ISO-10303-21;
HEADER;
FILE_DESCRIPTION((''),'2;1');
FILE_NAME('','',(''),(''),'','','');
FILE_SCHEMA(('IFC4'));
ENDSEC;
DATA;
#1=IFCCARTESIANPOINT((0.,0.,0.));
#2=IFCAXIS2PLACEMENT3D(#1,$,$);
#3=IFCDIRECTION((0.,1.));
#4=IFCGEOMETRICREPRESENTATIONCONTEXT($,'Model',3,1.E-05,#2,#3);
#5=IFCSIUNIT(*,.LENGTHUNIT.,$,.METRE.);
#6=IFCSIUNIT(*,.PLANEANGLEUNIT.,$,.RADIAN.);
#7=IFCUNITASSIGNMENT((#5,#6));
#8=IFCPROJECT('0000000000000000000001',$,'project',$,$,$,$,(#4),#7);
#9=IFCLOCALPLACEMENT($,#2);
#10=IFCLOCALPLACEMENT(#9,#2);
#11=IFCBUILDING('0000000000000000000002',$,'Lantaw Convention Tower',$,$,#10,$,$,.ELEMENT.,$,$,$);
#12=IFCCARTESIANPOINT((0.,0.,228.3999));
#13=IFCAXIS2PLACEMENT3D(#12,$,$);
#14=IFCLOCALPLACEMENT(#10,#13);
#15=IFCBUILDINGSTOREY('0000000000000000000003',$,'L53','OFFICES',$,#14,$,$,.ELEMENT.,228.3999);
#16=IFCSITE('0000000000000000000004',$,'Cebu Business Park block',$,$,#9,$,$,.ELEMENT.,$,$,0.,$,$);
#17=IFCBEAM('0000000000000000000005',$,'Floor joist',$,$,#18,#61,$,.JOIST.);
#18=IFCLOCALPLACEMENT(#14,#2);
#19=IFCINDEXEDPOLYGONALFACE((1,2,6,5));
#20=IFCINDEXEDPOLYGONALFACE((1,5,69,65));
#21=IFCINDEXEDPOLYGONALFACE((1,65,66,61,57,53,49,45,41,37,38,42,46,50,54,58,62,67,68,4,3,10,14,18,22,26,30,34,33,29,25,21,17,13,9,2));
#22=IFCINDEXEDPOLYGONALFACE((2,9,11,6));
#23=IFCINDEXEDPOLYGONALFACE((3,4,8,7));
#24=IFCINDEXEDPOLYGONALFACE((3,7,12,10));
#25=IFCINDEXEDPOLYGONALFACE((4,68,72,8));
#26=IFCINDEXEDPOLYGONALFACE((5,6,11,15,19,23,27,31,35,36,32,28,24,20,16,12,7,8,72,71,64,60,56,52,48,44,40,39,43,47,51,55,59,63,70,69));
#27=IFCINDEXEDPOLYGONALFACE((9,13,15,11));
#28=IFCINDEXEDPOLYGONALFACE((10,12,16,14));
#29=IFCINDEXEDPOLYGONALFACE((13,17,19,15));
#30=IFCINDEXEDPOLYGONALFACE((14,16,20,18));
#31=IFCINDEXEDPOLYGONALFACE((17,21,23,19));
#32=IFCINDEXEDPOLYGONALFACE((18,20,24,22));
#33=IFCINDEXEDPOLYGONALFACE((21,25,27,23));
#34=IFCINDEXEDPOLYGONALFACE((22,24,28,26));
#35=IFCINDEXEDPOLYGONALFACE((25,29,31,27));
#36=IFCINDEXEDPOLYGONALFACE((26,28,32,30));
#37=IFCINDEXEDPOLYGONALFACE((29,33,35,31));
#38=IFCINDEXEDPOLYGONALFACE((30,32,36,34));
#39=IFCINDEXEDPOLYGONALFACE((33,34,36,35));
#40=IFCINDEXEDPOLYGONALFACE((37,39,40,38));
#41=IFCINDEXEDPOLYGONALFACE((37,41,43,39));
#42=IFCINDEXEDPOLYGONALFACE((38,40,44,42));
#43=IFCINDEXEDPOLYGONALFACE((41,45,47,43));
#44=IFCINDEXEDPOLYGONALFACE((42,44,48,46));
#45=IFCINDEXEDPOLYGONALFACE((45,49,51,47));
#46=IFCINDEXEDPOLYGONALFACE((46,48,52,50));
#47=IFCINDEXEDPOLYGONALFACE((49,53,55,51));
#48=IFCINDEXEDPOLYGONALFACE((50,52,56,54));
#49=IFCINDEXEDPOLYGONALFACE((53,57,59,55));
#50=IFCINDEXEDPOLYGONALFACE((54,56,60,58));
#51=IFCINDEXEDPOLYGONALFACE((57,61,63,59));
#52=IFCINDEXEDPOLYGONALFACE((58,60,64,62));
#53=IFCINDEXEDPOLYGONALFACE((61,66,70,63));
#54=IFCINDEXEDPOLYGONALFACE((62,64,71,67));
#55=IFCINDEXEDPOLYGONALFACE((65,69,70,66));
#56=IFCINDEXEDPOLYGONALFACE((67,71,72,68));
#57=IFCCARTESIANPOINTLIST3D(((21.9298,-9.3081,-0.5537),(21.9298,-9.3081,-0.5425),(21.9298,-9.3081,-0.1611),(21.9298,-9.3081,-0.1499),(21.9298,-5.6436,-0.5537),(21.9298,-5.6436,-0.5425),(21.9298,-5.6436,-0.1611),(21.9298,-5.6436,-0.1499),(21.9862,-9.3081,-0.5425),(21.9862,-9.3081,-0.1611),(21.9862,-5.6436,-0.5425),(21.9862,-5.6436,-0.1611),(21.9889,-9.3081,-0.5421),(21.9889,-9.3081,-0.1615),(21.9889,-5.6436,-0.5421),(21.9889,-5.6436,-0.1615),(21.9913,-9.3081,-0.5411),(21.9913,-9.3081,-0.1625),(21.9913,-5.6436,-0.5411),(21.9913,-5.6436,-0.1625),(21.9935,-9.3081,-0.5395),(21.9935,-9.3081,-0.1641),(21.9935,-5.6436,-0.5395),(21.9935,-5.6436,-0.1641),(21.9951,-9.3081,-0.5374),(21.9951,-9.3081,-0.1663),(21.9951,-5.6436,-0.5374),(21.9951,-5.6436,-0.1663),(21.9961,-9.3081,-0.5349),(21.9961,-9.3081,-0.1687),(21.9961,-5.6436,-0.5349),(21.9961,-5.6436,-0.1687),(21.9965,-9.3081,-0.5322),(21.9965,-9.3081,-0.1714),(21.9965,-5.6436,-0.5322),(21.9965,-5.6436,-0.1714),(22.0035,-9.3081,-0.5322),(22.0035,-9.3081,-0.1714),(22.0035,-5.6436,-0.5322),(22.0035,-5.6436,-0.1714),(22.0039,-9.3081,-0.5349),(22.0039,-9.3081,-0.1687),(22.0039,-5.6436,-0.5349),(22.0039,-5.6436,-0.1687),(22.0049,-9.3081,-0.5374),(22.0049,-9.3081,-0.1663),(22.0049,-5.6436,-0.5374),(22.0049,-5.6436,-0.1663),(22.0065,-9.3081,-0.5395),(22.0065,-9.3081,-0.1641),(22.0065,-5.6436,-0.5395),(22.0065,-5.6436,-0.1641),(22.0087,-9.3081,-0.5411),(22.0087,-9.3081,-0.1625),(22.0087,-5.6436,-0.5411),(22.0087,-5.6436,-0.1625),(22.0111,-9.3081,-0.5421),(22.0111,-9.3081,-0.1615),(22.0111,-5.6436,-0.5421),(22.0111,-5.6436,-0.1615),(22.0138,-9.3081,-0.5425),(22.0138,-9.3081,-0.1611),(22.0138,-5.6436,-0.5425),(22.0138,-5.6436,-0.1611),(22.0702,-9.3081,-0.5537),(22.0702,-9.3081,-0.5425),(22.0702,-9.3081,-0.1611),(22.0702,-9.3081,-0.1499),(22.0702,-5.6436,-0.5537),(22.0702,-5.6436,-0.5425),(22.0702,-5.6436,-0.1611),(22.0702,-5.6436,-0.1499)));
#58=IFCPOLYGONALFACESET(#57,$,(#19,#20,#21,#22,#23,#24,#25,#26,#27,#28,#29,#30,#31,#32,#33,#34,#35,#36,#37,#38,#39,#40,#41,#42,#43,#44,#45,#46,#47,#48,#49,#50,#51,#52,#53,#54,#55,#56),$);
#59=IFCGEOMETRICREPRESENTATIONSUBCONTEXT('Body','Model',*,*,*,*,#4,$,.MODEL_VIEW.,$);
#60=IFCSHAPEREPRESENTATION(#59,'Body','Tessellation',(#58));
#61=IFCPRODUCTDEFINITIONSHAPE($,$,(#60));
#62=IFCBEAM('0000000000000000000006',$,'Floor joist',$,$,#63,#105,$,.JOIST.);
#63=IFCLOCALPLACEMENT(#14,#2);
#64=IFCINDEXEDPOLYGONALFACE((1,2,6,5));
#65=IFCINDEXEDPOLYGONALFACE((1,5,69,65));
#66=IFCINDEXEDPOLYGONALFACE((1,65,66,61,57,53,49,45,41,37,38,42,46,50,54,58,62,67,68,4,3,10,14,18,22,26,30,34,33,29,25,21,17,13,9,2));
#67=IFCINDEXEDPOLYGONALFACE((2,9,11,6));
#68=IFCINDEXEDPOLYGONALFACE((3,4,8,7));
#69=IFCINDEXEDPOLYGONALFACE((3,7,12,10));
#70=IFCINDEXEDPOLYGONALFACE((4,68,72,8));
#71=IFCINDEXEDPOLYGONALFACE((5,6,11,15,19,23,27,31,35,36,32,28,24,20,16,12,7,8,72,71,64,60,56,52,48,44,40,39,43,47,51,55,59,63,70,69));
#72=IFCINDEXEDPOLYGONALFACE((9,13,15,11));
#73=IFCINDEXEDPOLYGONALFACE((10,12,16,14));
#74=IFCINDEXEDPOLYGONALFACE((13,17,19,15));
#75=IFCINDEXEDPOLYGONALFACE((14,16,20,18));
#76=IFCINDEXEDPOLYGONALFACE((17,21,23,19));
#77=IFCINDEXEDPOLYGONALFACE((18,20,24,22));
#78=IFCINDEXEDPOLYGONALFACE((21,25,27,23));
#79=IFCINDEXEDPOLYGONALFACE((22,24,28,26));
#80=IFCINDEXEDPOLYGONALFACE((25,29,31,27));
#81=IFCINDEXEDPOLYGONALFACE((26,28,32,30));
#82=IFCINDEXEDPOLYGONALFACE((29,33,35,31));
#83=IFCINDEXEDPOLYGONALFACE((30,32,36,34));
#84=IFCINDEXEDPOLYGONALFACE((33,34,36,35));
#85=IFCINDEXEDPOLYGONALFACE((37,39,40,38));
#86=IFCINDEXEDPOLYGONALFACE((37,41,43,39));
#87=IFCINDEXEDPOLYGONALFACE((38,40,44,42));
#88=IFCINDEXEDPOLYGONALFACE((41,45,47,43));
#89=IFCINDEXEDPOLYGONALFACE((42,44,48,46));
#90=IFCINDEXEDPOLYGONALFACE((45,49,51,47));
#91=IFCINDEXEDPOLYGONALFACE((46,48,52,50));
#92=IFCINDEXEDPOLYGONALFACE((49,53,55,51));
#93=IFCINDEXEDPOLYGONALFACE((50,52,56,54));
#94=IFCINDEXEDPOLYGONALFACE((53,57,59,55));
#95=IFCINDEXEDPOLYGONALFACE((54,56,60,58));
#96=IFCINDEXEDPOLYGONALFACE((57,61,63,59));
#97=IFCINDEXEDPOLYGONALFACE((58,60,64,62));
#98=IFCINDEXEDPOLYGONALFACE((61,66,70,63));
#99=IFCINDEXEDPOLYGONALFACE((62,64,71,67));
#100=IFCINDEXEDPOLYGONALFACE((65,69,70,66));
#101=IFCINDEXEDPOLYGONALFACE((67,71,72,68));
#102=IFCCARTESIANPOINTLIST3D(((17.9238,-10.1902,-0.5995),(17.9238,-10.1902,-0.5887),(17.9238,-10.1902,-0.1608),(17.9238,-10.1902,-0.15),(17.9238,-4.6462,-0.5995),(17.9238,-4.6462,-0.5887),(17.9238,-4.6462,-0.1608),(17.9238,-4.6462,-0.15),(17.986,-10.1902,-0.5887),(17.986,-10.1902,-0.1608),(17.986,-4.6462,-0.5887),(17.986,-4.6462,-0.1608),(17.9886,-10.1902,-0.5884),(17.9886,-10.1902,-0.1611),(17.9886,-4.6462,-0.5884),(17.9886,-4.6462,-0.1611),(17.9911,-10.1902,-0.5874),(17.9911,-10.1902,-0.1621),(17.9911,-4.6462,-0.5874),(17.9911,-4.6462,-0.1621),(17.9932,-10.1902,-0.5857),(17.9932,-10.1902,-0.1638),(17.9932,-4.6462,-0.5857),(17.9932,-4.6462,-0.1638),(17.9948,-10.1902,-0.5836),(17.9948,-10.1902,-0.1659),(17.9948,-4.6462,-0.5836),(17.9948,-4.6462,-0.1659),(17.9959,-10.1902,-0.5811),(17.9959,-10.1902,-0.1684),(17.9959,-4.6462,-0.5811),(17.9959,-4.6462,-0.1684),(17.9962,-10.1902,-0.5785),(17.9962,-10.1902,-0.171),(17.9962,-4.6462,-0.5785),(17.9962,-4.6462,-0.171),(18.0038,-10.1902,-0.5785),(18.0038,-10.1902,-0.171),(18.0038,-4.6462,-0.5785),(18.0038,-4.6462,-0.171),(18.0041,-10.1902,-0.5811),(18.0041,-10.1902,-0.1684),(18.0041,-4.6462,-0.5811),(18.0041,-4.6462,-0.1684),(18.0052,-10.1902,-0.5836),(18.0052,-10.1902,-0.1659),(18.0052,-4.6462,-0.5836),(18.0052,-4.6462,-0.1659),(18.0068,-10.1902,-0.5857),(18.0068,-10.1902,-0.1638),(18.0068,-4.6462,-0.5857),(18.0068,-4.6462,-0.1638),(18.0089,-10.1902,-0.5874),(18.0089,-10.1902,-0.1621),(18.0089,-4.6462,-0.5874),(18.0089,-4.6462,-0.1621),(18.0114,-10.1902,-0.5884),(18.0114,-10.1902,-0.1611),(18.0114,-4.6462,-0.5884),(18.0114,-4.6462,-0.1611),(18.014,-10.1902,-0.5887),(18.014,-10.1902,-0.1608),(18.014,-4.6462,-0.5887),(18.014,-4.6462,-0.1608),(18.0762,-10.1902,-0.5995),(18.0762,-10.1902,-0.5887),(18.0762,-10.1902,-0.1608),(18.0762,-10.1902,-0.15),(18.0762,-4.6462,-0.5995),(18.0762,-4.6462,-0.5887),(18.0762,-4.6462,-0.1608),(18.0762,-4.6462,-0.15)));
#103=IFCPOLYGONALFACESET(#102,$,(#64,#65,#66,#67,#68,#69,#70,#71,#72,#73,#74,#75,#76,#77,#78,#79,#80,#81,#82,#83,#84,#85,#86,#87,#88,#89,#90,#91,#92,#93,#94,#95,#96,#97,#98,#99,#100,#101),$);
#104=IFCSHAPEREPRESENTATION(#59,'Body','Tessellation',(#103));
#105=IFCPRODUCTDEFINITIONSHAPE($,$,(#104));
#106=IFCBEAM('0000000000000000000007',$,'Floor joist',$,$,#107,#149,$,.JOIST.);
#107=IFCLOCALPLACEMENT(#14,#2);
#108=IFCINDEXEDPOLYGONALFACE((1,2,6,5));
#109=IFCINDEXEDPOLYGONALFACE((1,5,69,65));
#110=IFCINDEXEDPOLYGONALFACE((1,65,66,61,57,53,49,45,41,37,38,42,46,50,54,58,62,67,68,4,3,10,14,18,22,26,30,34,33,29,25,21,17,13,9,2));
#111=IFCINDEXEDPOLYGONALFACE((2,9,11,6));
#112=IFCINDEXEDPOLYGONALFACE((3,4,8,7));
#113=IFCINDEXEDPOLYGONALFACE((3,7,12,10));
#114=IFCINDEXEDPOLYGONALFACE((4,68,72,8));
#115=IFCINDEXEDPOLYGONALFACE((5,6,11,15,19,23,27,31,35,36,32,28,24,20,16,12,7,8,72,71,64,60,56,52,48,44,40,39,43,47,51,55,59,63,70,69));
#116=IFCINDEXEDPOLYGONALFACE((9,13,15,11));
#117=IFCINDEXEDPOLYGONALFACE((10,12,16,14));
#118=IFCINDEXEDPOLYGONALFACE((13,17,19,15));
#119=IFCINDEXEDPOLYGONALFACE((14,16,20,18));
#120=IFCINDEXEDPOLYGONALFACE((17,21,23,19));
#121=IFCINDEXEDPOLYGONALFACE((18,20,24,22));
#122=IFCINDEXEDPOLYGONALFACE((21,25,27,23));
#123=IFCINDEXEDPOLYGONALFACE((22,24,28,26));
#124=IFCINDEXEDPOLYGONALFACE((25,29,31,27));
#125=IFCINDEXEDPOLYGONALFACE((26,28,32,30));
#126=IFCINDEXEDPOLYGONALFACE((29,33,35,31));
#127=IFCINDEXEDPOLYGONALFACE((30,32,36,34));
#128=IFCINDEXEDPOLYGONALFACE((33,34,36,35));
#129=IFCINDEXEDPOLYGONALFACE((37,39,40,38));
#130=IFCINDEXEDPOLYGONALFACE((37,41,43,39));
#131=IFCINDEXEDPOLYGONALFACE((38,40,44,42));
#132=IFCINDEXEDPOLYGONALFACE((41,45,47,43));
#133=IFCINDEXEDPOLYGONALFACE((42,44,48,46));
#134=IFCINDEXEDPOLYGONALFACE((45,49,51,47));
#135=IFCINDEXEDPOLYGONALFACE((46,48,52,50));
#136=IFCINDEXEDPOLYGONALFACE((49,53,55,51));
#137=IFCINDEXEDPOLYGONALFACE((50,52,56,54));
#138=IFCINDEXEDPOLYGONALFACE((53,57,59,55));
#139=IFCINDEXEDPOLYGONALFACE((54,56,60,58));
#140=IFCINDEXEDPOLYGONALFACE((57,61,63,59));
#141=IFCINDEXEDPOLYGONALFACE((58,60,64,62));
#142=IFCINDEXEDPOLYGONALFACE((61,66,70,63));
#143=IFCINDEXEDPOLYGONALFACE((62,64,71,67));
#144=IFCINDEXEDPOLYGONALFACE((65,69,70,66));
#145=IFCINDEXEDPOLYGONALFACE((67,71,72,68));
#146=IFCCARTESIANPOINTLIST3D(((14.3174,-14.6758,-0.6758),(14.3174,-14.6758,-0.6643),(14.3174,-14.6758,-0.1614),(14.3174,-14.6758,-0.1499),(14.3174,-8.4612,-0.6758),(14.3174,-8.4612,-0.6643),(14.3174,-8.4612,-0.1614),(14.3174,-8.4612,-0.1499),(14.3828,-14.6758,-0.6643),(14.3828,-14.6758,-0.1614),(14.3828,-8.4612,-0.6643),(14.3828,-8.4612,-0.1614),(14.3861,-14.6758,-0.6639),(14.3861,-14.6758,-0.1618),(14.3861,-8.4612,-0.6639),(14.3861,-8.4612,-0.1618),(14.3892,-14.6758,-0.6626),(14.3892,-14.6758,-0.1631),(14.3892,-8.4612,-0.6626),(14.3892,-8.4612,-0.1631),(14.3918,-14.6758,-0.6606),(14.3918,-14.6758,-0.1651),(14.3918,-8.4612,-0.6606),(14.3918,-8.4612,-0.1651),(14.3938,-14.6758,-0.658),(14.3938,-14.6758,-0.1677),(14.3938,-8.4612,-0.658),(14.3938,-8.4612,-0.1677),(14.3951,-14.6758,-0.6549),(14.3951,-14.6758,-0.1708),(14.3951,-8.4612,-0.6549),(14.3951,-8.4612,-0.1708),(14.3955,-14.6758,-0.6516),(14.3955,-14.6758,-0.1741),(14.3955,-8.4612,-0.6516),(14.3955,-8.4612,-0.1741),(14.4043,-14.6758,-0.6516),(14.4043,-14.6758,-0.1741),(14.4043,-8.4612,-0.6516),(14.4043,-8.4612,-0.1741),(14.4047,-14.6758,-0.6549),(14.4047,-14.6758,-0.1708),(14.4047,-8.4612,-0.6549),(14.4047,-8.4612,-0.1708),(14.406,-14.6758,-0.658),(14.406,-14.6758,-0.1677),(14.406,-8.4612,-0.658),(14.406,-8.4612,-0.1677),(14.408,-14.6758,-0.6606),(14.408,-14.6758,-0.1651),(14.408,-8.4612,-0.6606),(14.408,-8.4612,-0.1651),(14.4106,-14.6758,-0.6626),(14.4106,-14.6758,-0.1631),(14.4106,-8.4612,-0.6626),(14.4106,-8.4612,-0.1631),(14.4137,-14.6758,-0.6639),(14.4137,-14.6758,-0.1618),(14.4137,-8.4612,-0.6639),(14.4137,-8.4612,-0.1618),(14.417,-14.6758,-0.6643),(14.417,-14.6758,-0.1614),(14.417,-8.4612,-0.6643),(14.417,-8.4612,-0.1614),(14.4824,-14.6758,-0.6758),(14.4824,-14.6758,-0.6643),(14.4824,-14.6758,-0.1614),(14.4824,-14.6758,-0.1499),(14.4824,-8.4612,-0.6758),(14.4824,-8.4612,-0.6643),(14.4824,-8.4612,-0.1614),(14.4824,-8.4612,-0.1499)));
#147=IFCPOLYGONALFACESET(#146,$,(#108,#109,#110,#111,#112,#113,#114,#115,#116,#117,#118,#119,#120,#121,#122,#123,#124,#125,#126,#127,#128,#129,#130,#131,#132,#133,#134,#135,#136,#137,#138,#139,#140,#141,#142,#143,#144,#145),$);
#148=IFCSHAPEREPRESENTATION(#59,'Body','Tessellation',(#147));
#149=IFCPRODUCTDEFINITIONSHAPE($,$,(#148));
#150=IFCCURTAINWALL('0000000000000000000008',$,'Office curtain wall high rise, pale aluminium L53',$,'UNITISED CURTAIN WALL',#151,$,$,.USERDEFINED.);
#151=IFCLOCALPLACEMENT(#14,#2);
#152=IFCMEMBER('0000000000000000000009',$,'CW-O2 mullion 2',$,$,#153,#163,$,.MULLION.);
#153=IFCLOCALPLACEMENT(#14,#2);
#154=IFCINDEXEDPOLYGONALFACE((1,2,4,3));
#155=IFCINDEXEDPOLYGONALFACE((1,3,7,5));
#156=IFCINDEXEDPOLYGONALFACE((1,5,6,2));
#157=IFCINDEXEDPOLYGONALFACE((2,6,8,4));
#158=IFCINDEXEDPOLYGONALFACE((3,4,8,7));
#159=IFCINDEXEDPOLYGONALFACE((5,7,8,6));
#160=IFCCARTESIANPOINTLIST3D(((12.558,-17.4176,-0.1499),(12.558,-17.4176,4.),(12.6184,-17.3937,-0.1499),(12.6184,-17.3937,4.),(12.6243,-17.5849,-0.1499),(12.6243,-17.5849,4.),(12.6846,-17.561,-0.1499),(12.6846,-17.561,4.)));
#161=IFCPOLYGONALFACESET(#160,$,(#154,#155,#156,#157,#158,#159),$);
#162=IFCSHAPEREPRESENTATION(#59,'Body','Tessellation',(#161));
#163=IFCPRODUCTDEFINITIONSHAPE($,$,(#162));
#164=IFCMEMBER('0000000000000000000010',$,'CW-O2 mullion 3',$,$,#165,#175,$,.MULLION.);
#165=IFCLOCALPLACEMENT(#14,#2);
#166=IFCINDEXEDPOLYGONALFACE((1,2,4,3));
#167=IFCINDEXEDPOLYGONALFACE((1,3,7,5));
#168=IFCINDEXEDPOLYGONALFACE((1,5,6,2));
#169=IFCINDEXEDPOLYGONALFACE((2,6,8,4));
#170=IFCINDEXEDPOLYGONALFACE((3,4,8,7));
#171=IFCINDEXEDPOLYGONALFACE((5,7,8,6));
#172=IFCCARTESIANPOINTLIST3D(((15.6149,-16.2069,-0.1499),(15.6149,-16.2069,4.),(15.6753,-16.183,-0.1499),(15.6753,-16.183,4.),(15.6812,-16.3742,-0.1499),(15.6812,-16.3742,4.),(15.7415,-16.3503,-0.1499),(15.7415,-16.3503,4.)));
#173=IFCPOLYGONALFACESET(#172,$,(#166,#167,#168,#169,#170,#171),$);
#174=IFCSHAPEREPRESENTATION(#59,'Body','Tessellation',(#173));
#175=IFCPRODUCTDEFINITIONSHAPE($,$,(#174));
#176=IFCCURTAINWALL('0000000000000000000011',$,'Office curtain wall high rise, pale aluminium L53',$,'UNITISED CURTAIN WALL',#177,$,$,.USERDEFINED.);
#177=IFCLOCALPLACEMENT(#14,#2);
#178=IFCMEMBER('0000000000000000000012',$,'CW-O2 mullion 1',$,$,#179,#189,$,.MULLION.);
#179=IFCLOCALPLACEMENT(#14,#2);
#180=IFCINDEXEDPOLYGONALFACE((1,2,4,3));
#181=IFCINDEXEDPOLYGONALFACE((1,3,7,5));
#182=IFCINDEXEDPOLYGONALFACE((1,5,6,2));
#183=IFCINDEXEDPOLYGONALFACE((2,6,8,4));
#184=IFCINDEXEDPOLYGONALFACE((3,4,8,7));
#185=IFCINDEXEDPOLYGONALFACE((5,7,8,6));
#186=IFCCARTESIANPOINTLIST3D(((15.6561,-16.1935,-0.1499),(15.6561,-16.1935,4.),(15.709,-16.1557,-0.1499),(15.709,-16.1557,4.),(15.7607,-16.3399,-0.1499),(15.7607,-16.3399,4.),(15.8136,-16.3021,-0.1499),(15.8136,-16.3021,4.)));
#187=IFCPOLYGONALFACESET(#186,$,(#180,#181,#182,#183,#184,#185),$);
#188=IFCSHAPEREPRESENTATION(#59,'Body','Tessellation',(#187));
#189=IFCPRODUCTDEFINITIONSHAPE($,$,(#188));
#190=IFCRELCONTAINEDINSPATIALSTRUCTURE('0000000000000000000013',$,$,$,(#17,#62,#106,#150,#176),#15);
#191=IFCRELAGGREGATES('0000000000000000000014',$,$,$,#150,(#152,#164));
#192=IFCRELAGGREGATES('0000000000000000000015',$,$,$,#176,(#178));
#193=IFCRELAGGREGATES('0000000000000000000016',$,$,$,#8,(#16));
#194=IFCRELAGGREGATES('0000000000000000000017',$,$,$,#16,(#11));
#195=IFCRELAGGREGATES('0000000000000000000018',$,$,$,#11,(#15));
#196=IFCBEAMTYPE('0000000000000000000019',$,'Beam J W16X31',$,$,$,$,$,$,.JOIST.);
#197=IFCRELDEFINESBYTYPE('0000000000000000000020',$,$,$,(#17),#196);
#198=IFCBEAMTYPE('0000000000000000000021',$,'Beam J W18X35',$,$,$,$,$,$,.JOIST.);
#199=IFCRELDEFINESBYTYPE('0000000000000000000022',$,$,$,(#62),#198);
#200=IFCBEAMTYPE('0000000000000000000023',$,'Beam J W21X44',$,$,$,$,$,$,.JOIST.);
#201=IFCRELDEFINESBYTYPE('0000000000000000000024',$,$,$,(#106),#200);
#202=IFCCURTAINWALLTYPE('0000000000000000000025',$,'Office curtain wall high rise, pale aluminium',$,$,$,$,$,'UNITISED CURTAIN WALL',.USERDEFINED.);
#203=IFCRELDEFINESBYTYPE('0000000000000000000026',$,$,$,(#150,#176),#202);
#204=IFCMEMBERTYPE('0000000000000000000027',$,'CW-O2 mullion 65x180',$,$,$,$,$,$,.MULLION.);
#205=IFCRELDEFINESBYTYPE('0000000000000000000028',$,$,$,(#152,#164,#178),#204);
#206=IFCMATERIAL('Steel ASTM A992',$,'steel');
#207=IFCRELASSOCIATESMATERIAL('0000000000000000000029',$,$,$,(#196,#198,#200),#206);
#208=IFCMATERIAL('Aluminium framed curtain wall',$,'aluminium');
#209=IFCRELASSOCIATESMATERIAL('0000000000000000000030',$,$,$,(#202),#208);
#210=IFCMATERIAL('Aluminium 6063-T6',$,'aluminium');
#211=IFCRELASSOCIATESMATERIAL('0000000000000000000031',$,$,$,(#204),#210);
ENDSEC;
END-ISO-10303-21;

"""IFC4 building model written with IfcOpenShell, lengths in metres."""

from ifc_helpers import new_model, si_unit, direction, frame, origin, origin_2d, place, context, subcontext, project, spatial, rectangle, i_section, extrude, material, material_profile, profile_set, type_object, element, aggregate, save


model = new_model("IFC4")

# Units and contexts
model_context = context("Model", 3, precision=1e-05, world=origin(), true_north=direction((0.0, 1.0)))
body_context = subcontext(model_context, "Body", "Model", "MODEL_VIEW")
ifc_project = project(units=[si_unit("LENGTHUNIT", "METRE"), si_unit("PLANEANGLEUNIT", "RADIAN")], contexts=[model_context])

# Site, building, storey
site_placement = place(None, origin())
site = spatial("IfcSite", under=ifc_project, at=site_placement, Name="Cebu Business Park block", CompositionType="ELEMENT", RefElevation=0.0)
building_placement = place(site_placement, origin())
building = spatial("IfcBuilding", under=site, at=building_placement, Name="Lantaw Convention Tower", CompositionType="ELEMENT")
storey_placement = place(building_placement, frame((0.0, 0.0, 228.3999)))
storey = spatial("IfcBuildingStorey", under=building, at=storey_placement, Name="L53", Description="OFFICES", CompositionType="ELEMENT", Elevation=228.3999)

# Beams
ifc_material_1 = material(Name="Steel ASTM A992", Category="steel")
ifc_material_profile_1 = material_profile(ifc_material_1, i_section(OverallWidth=0.1404, OverallDepth=0.4038, WebThickness=0.0071, FlangeThickness=0.0112, FilletRadius=0.0103, at=origin_2d()), Name="W16X31")
ifc_profile_set_1 = profile_set([ifc_material_profile_1], Name="Steel ASTM A992")
beam_type_1 = type_object("IfcBeamType", Name="Beam J W16X31", PredefinedType="JOIST", material=ifc_profile_set_1)
beam_1_placement = place(storey_placement, frame((22.0, -9.3081, -0.3518), z_axis=(0.0, 1.0, 0.0), x_axis=(-1.0, 0.0, 0.0)))
element("IfcBeam", 1, at=beam_1_placement, inside=storey, type_object=beam_type_1, Name="Floor joist", PredefinedType="JOIST", context=body_context, shape_type="SweptSolid", body=[
    extrude(i_section(OverallWidth=0.1404, OverallDepth=0.4038, WebThickness=0.0071, FlangeThickness=0.0112, FilletRadius=0.0103, at=origin_2d()), origin(), (0.0, 0.0, 1.0), 3.6646),
])
ifc_material_profile_2 = material_profile(ifc_material_1, i_section(OverallWidth=0.1523, OverallDepth=0.4495, WebThickness=0.0076, FlangeThickness=0.0107, FilletRadius=0.0103, at=origin_2d()), Name="W18X35")
ifc_profile_set_2 = profile_set([ifc_material_profile_2], Name="Steel ASTM A992")
beam_type_2 = type_object("IfcBeamType", Name="Beam J W18X35", PredefinedType="JOIST", material=ifc_profile_set_2)
beam_2_placement = place(storey_placement, frame((18.0, -10.1902, -0.3748), z_axis=(0.0, 1.0, 0.0), x_axis=(-1.0, 0.0, 0.0)))
element("IfcBeam", 2, at=beam_2_placement, inside=storey, type_object=beam_type_2, Name="Floor joist", PredefinedType="JOIST", context=body_context, shape_type="SweptSolid", body=[
    extrude(i_section(OverallWidth=0.1523, OverallDepth=0.4495, WebThickness=0.0076, FlangeThickness=0.0107, FilletRadius=0.0103, at=origin_2d()), origin(), (0.0, 0.0, 1.0), 5.5439),
])
ifc_material_profile_3 = material_profile(ifc_material_1, i_section(OverallWidth=0.165, OverallDepth=0.5259, WebThickness=0.0088, FlangeThickness=0.0115, FilletRadius=0.0127, at=origin_2d()), Name="W21X44")
ifc_profile_set_3 = profile_set([ifc_material_profile_3], Name="Steel ASTM A992")
beam_type_3 = type_object("IfcBeamType", Name="Beam J W21X44", PredefinedType="JOIST", material=ifc_profile_set_3)
beam_3_placement = place(storey_placement, frame((14.3999, -14.6758, -0.4128), z_axis=(0.0, 1.0, 0.0), x_axis=(-1.0, 0.0, 0.0)))
element("IfcBeam", 3, at=beam_3_placement, inside=storey, type_object=beam_type_3, Name="Floor joist", PredefinedType="JOIST", context=body_context, shape_type="SweptSolid", body=[
    extrude(i_section(OverallWidth=0.165, OverallDepth=0.5259, WebThickness=0.0088, FlangeThickness=0.0115, FilletRadius=0.0127, at=origin_2d()), origin(), (0.0, 0.0, 1.0), 6.2146),
])

# Curtain walls, members
ifc_material_2 = material(Name="Aluminium framed curtain wall", Category="aluminium")
curtain_wall_type = type_object("IfcCurtainWallType", Name="Office curtain wall high rise, pale aluminium", ElementType="UNITISED CURTAIN WALL", PredefinedType="USERDEFINED", material=ifc_material_2)
curtain_wall_1_placement = place(storey_placement, origin())
curtain_wall_1 = element("IfcCurtainWall", 4, at=curtain_wall_1_placement, inside=storey, type_object=curtain_wall_type, Name="Office curtain wall high rise, pale aluminium L53", ObjectType="UNITISED CURTAIN WALL", PredefinedType="USERDEFINED")
ifc_material_3 = material(Name="Aluminium 6063-T6", Category="aluminium")
ifc_material_profile_4 = material_profile(ifc_material_3, rectangle(XDim=0.1799, YDim=0.0649, at=origin_2d()), Name="CW-O2 mullion 65x180")
ifc_profile_set_4 = profile_set([ifc_material_profile_4], Name="Aluminium 6063-T6")
member_type_1 = type_object("IfcMemberType", Name="CW-O2 mullion 65x180", PredefinedType="MULLION", material=ifc_profile_set_4)
member_1_placement = place(storey_placement, frame((12.6213, -17.4893, -0.1499), z_axis=(0.0, 0.0, 1.0), x_axis=(-0.368162, 0.929762, 0.0)))
member_1 = element("IfcMember", 5, at=member_1_placement, type_object=member_type_1, Name="CW-O2 mullion 2", PredefinedType="MULLION", context=body_context, shape_type="SweptSolid", body=[
    extrude(rectangle(XDim=0.1799, YDim=0.0649, at=origin_2d()), origin(), (0.0, 0.0, 1.0), 4.1499),
])
member_2_placement = place(storey_placement, frame((15.6782, -16.2786, -0.1499), z_axis=(0.0, 0.0, 1.0), x_axis=(-0.368162, 0.929762, 0.0)))
member_2 = element("IfcMember", 6, at=member_2_placement, type_object=member_type_1, Name="CW-O2 mullion 3", PredefinedType="MULLION", context=body_context, shape_type="SweptSolid", body=[
    extrude(rectangle(XDim=0.1799, YDim=0.0649, at=origin_2d()), origin(), (0.0, 0.0, 1.0), 4.1499),
])
curtain_wall_2_placement = place(storey_placement, origin())
curtain_wall_2 = element("IfcCurtainWall", 7, at=curtain_wall_2_placement, inside=storey, type_object=curtain_wall_type, Name="Office curtain wall high rise, pale aluminium L53", ObjectType="UNITISED CURTAIN WALL", PredefinedType="USERDEFINED")
member_3_placement = place(storey_placement, frame((15.7349, -16.2478, -0.1499), z_axis=(0.0, 0.0, 1.0), x_axis=(-0.581323, 0.813673, 0.0)))
member_3 = element("IfcMember", 8, at=member_3_placement, type_object=member_type_1, Name="CW-O2 mullion 1", PredefinedType="MULLION", context=body_context, shape_type="SweptSolid", body=[
    extrude(rectangle(XDim=0.1799, YDim=0.0649, at=origin_2d()), origin(), (0.0, 0.0, 1.0), 4.1499),
])

aggregate(curtain_wall_1, [member_1, member_2])
aggregate(curtain_wall_2, [member_3])

save(model, "model.ifc")
